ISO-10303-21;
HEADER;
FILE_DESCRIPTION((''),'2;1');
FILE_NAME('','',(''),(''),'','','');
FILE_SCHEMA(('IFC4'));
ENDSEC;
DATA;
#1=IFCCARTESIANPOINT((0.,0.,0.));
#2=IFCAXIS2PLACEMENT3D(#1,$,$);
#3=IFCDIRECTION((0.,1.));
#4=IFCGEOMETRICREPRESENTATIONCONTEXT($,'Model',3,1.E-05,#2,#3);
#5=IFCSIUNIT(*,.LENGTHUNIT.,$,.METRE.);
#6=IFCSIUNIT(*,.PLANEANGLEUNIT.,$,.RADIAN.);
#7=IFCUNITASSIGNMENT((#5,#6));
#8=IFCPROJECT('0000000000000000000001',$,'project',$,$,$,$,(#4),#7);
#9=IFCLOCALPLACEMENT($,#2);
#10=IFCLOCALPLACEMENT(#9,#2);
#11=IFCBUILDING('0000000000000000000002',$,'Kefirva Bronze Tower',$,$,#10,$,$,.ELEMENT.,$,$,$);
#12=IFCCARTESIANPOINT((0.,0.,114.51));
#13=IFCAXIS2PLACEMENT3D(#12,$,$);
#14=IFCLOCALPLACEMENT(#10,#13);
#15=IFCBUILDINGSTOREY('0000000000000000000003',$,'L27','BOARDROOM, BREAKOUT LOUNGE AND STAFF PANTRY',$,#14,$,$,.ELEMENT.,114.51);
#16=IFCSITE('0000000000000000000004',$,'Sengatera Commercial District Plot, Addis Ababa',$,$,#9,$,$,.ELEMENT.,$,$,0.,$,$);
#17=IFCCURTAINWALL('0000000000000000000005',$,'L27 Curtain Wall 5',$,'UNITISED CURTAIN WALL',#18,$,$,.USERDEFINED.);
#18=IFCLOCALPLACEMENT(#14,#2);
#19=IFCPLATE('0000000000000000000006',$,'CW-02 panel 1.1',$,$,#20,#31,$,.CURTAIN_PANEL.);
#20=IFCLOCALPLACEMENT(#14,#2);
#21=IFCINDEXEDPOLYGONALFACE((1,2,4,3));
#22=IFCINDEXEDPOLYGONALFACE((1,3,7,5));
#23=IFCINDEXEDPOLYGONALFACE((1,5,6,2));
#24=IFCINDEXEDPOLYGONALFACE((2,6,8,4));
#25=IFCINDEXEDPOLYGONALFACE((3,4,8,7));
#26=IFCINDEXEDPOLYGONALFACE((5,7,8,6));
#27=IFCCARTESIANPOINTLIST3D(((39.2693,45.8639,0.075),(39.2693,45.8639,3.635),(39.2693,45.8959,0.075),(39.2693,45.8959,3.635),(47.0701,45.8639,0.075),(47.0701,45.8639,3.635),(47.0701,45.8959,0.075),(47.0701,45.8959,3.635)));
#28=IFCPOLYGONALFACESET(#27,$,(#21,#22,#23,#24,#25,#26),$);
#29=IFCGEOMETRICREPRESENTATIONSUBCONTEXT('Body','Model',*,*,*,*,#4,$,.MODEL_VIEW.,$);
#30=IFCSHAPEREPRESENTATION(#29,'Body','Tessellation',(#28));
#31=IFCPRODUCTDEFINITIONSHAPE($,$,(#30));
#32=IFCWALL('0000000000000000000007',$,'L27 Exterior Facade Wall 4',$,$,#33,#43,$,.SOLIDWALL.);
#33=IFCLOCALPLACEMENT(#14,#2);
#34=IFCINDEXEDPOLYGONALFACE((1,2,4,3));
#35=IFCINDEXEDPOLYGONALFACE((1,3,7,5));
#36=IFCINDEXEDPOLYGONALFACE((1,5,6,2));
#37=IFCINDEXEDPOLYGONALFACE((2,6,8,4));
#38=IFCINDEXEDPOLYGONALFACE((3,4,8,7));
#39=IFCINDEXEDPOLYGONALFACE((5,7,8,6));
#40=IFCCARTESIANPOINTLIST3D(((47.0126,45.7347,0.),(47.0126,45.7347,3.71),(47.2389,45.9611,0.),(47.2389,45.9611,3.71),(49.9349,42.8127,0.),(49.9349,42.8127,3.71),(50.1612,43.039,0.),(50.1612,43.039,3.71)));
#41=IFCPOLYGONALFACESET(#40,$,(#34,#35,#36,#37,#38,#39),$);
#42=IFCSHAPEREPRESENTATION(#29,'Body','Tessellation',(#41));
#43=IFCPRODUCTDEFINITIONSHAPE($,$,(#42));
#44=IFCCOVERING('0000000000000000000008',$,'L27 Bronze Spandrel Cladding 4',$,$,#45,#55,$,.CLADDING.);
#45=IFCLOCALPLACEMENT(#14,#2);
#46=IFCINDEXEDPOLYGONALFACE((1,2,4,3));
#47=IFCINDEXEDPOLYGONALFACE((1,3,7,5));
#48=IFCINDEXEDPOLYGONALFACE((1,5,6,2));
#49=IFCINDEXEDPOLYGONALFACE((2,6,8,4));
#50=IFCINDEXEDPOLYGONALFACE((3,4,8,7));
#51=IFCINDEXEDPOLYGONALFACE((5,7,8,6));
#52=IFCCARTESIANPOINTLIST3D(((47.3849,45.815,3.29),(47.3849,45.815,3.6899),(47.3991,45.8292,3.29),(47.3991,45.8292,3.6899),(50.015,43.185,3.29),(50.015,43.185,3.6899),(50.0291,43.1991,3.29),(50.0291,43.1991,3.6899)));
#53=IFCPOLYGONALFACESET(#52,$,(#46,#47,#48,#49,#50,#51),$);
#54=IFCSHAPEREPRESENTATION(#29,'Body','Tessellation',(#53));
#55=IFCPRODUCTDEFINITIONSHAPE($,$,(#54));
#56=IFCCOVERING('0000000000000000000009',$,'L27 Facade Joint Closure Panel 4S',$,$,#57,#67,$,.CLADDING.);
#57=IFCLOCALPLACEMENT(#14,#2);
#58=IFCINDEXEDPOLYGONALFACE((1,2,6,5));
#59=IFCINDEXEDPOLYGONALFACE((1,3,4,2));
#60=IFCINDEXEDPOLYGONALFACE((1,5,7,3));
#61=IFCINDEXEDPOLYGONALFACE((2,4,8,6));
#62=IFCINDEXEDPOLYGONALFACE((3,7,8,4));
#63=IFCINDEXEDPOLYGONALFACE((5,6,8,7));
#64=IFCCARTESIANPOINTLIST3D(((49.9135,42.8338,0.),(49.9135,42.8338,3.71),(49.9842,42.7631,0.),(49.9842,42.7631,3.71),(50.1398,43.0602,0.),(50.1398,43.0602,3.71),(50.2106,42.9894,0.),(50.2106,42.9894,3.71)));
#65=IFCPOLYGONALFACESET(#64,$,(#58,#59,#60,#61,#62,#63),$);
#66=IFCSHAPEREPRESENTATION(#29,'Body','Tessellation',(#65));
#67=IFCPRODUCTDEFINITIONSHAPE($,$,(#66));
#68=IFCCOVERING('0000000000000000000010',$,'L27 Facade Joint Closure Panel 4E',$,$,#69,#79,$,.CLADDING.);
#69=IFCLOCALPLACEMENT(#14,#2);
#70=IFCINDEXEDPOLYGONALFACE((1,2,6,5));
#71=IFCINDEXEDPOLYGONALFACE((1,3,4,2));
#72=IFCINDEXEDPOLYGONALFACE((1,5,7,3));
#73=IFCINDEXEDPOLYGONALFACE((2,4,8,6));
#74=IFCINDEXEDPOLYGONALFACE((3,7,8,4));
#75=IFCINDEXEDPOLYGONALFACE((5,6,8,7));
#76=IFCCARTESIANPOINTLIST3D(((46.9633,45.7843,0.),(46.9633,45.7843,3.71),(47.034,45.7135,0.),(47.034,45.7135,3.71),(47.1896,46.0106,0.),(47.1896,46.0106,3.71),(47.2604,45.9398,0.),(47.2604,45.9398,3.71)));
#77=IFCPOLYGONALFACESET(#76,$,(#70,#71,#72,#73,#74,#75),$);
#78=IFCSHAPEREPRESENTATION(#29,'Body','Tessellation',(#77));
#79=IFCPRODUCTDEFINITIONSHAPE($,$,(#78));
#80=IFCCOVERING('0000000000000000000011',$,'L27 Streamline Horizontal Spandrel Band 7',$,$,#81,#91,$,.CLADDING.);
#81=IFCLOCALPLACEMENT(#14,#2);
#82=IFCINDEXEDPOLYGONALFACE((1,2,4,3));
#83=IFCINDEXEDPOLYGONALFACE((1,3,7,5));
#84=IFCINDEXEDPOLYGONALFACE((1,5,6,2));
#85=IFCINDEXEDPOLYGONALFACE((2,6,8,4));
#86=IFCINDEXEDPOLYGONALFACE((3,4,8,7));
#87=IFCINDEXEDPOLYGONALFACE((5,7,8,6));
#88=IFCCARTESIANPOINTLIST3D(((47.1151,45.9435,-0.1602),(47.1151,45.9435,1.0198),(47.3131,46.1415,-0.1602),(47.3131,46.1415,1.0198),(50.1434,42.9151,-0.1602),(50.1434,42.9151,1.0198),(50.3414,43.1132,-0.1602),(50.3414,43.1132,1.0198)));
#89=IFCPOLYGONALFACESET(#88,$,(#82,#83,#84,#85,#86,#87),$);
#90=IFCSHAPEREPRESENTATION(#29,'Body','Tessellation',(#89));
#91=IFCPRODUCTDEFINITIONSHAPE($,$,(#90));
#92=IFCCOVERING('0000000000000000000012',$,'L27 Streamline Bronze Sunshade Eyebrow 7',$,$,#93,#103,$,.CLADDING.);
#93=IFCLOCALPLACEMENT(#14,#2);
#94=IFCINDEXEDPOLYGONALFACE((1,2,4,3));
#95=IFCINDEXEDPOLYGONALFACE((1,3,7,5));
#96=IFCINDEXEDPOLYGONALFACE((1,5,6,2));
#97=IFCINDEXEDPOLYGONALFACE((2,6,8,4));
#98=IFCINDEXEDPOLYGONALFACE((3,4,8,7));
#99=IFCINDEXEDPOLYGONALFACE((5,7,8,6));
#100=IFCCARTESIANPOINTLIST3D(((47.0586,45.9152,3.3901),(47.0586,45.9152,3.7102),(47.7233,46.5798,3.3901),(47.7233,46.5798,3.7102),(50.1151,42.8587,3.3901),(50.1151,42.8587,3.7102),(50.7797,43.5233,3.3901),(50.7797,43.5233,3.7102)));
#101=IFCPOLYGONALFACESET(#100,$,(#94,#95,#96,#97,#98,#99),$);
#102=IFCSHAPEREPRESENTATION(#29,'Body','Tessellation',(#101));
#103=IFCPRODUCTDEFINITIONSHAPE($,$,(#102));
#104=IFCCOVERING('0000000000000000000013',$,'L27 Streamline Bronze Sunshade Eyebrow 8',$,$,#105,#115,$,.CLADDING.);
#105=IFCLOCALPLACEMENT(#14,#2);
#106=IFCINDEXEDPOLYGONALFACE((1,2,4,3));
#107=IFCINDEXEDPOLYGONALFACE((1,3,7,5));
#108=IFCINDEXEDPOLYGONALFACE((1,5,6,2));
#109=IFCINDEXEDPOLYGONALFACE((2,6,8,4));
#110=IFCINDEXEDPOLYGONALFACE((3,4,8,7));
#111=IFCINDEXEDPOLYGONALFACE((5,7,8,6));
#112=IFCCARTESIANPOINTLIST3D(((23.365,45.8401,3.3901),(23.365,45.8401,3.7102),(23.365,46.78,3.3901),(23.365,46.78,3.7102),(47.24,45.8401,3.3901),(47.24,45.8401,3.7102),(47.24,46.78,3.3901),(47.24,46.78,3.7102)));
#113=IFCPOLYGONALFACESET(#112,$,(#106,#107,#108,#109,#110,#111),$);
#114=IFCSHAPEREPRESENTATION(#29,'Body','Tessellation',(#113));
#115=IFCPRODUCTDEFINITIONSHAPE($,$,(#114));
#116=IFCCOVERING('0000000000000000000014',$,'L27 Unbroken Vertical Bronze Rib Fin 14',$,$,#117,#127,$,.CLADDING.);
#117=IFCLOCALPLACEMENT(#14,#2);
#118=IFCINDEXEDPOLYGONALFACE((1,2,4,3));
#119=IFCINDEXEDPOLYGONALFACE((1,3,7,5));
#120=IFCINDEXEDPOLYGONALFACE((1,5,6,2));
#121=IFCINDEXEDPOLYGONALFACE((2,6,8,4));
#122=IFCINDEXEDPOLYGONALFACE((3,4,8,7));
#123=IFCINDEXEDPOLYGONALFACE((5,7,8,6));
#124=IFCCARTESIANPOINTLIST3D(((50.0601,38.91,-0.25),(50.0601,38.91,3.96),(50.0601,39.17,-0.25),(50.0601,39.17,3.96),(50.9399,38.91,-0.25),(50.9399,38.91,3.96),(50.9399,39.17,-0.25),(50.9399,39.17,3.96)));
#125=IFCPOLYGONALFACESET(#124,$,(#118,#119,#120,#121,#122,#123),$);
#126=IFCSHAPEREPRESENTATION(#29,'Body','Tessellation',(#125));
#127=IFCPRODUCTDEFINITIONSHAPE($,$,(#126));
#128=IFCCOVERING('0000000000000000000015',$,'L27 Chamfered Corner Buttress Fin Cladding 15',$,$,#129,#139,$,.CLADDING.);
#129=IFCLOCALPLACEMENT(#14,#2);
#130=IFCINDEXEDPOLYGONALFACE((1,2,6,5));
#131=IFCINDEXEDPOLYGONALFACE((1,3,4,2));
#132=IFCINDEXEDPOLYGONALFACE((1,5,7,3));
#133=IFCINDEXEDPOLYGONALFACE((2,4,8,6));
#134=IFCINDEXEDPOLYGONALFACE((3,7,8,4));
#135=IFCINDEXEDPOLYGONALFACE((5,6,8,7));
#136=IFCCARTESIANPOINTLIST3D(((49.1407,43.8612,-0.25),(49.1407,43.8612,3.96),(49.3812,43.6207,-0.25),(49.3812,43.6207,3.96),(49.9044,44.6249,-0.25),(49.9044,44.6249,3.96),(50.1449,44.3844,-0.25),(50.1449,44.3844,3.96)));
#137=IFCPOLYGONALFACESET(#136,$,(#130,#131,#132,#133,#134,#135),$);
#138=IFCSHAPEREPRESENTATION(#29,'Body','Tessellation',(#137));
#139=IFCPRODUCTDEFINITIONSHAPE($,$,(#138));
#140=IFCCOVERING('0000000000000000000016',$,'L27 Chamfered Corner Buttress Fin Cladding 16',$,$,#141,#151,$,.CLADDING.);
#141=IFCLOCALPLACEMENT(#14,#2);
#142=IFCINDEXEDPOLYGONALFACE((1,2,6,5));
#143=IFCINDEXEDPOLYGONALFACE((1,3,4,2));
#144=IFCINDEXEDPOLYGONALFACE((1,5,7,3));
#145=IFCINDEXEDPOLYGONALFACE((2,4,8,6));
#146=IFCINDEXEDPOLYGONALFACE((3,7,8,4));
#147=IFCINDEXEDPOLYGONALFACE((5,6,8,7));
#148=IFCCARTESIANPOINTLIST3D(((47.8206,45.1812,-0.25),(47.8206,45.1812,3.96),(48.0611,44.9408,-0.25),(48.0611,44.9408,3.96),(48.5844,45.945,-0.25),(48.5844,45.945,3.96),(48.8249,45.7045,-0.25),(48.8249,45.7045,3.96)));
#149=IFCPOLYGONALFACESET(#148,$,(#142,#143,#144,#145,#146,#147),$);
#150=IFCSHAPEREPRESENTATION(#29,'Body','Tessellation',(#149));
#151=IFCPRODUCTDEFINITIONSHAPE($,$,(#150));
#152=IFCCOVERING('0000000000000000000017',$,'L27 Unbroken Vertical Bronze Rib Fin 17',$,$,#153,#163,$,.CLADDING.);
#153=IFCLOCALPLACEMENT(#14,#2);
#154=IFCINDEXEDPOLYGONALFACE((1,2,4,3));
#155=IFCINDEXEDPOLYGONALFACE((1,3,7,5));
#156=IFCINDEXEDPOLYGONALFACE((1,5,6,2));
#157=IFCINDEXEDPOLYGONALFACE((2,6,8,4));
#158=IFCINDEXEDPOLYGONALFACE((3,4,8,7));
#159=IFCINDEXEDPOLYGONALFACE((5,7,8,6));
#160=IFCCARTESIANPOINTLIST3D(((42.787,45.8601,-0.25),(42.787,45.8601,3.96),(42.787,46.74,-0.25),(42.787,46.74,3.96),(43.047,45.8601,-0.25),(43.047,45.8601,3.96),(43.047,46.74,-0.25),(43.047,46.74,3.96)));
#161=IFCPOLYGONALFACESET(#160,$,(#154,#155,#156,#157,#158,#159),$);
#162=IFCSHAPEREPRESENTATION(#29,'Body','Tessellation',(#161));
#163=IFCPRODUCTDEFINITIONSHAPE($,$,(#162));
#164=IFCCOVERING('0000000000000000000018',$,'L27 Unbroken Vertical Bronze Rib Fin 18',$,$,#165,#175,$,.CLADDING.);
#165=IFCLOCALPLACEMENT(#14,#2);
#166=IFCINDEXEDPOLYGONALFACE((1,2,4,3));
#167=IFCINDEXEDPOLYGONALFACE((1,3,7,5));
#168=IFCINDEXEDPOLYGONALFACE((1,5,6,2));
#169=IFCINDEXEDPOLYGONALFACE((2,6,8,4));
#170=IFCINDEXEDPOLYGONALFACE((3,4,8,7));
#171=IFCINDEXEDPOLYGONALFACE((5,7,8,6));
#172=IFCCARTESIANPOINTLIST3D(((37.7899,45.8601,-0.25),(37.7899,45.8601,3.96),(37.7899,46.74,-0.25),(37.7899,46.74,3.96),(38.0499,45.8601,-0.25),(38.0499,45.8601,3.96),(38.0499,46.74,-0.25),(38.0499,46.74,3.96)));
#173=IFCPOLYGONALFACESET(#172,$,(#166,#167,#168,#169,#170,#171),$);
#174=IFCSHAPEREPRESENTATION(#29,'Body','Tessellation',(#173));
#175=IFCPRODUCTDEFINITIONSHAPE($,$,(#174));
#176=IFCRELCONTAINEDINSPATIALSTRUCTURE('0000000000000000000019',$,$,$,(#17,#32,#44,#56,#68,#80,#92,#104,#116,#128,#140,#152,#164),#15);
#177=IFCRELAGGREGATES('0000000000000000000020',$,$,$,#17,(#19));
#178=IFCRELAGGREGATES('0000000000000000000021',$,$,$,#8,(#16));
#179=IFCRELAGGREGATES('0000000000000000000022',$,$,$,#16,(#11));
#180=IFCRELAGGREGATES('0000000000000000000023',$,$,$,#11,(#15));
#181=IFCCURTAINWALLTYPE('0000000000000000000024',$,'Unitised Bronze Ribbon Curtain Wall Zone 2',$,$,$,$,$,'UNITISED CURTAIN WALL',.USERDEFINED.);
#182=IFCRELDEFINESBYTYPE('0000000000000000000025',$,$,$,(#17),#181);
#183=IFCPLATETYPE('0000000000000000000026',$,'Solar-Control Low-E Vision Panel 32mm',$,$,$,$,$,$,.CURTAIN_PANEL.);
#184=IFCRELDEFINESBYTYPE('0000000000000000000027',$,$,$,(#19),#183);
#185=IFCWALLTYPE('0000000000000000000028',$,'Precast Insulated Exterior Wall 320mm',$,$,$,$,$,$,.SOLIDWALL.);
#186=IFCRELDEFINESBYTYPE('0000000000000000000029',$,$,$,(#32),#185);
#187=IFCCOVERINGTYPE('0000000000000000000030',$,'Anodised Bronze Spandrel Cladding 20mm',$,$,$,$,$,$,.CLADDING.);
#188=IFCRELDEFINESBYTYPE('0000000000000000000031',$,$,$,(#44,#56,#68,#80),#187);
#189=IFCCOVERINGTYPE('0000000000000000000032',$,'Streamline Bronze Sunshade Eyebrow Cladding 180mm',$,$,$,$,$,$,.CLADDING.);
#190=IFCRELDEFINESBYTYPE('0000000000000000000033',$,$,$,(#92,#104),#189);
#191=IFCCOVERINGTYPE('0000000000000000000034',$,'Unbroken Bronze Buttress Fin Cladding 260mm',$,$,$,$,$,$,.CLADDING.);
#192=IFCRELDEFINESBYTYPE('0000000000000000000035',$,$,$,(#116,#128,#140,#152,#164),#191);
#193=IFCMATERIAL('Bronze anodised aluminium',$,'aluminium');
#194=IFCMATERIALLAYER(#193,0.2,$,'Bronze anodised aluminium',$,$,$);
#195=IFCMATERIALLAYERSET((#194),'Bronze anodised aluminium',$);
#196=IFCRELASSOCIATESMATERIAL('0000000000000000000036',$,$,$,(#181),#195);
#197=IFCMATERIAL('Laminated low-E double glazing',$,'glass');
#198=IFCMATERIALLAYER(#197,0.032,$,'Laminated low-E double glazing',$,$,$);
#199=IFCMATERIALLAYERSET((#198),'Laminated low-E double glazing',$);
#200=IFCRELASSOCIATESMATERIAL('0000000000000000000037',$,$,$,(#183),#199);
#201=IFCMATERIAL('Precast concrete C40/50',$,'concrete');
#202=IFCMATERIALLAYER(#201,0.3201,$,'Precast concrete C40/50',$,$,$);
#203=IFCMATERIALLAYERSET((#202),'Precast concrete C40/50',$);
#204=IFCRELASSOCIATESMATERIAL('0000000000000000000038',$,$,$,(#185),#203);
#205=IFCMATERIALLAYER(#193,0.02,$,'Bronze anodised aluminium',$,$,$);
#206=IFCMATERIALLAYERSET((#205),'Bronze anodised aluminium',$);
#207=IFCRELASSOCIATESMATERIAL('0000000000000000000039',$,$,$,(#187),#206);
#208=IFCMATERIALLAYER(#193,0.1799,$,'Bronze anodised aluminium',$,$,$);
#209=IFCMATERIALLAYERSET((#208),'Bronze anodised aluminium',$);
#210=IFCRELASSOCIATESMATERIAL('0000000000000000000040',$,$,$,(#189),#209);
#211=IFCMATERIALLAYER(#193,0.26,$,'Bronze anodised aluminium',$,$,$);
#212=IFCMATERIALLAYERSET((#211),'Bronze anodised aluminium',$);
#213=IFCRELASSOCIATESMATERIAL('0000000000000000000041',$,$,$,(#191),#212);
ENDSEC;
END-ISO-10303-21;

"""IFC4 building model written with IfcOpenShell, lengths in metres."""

from ifc_helpers import new_model, si_unit, direction, frame, frame_2d, origin, origin_2d, place, context, subcontext, project, spatial, rectangle, extrude, material, layer, layer_set, type_object, element, aggregate, save


model = new_model("IFC4")

# Units and contexts
model_context = context("Model", 3, precision=1e-05, world=origin(), true_north=direction((0.0, 1.0)))
body_context = subcontext(model_context, "Body", "Model", "MODEL_VIEW")
ifc_project = project(units=[si_unit("LENGTHUNIT", "METRE"), si_unit("PLANEANGLEUNIT", "RADIAN")], contexts=[model_context])

# Site, building, storey
site_placement = place(None, origin())
site = spatial("IfcSite", under=ifc_project, at=site_placement, Name="Sengatera Commercial District Plot, Addis Ababa", CompositionType="ELEMENT", RefElevation=0.0)
building_placement = place(site_placement, origin())
building = spatial("IfcBuilding", under=site, at=building_placement, Name="Kefirva Bronze Tower", CompositionType="ELEMENT")
storey_placement = place(building_placement, frame((0.0, 0.0, 114.51)))
storey = spatial("IfcBuildingStorey", under=building, at=storey_placement, Name="L27", Description="BOARDROOM, BREAKOUT LOUNGE AND STAFF PANTRY", CompositionType="ELEMENT", Elevation=114.51)

# Shared definitions
ifc_material_1 = material(Name="Bronze anodised aluminium", Category="aluminium")
ifc_layer_1 = layer(ifc_material_1, 0.2, Name="Bronze anodised aluminium")
ifc_layer_set_1 = layer_set([ifc_layer_1], Name="Bronze anodised aluminium")
curtain_wall_type = type_object("IfcCurtainWallType", Name="Unitised Bronze Ribbon Curtain Wall Zone 2", ElementType="UNITISED CURTAIN WALL", PredefinedType="USERDEFINED", material=ifc_layer_set_1)

# Curtain wall
curtain_wall_1_placement = place(storey_placement, origin())
curtain_wall_1 = element("IfcCurtainWall", 1, at=curtain_wall_1_placement, inside=storey, type_object=curtain_wall_type, Name="L27 Curtain Wall 5", ObjectType="UNITISED CURTAIN WALL", PredefinedType="USERDEFINED")

# Plate
ifc_material_2 = material(Name="Laminated low-E double glazing", Category="glass")
ifc_layer_2 = layer(ifc_material_2, 0.032, Name="Laminated low-E double glazing")
ifc_layer_set_2 = layer_set([ifc_layer_2], Name="Laminated low-E double glazing")
plate_type = type_object("IfcPlateType", Name="Solar-Control Low-E Vision Panel 32mm", PredefinedType="CURTAIN_PANEL", material=ifc_layer_set_2)
plate_placement = place(storey_placement, frame((43.1697, 45.8799, 0.075), z_axis=(0.0, 0.0, 1.0), x_axis=(-1.0, 0.0, 0.0)))
plate = element("IfcPlate", 2, at=plate_placement, type_object=plate_type, Name="CW-02 panel 1.1", PredefinedType="CURTAIN_PANEL", context=body_context, shape_type="SweptSolid", body=[
    extrude(rectangle(XDim=7.8008, YDim=0.032, at=origin_2d()), origin(), (0.0, 0.0, 1.0), 3.5601),
])
aggregate(curtain_wall_1, [plate])

# Wall
ifc_material_3 = material(Name="Precast concrete C40/50", Category="concrete")
ifc_layer_3 = layer(ifc_material_3, 0.3201, Name="Precast concrete C40/50")
ifc_layer_set_3 = layer_set([ifc_layer_3], Name="Precast concrete C40/50")
wall_type = type_object("IfcWallType", Name="Precast Insulated Exterior Wall 320mm", PredefinedType="SOLIDWALL", material=ifc_layer_set_3)
wall_placement = place(storey_placement, frame((50.0481, 42.9258, 0.0), z_axis=(0.0, 0.0, 1.0), x_axis=(-0.707136, 0.707077, 0.0)))
element("IfcWall", 3, at=wall_placement, inside=storey, type_object=wall_type, Name="L27 Exterior Facade Wall 4", PredefinedType="SOLIDWALL", context=body_context, shape_type="SweptSolid", body=[
    extrude(rectangle(XDim=4.1326, YDim=0.3201, at=frame_2d((2.0664, 0.0))), origin(), (0.0, 0.0, 1.0), 3.71),
])

# Coverings
ifc_layer_4 = layer(ifc_material_1, 0.02, Name="Bronze anodised aluminium")
ifc_layer_set_4 = layer_set([ifc_layer_4], Name="Bronze anodised aluminium")
covering_type_1 = type_object("IfcCoveringType", Name="Anodised Bronze Spandrel Cladding 20mm", PredefinedType="CLADDING", material=ifc_layer_set_4)
covering_1_placement = place(storey_placement, frame((48.707, 44.5071, 3.29), z_axis=(0.0, 0.0, 1.0), x_axis=(-0.707107, 0.707107, 0.0)))
element("IfcCovering", 4, at=covering_1_placement, inside=storey, type_object=covering_type_1, Name="L27 Bronze Spandrel Cladding 4", PredefinedType="CLADDING", context=body_context, shape_type="SweptSolid", body=[
    extrude(rectangle(XDim=3.7195, YDim=0.02, at=origin_2d()), origin(), (0.0, 0.0, 1.0), 0.3999),
])
for number, where, z_axis, x_axis, name in (
    (5, (50.062, 42.9116, 0.0), (0.0, 0.0, 1.0), (-0.707107, 0.707107, 0.0), "L27 Facade Joint Closure Panel 4S"),
    (6, (47.1118, 45.8621, 0.0), (0.0, 0.0, 1.0), (-0.707107, 0.707107, 0.0), "L27 Facade Joint Closure Panel 4E"),
):
    element("IfcCovering", number, at=place(storey_placement, frame(where, z_axis=z_axis, x_axis=x_axis)), inside=storey, type_object=covering_type_1, Name=name, PredefinedType="CLADDING", context=body_context, shape_type="SweptSolid", body=[
        extrude(rectangle(XDim=0.1001, YDim=0.3201, at=origin_2d()), origin(), (0.0, 0.0, 1.0), 3.71),
    ])
covering_2_placement = place(storey_placement, frame((48.7283, 44.5283, -0.1602), z_axis=(0.0, 0.0, 1.0), x_axis=(-0.707107, 0.707107, 0.0)))
element("IfcCovering", 7, at=covering_2_placement, inside=storey, type_object=covering_type_1, Name="L27 Streamline Horizontal Spandrel Band 7", PredefinedType="CLADDING", context=body_context, shape_type="SweptSolid", body=[
    extrude(rectangle(XDim=4.2827, YDim=0.28, at=origin_2d()), origin(), (0.0, 0.0, 1.0), 1.1799),
])
ifc_layer_5 = layer(ifc_material_1, 0.1799, Name="Bronze anodised aluminium")
ifc_layer_set_5 = layer_set([ifc_layer_5], Name="Bronze anodised aluminium")
covering_type_2 = type_object("IfcCoveringType", Name="Streamline Bronze Sunshade Eyebrow Cladding 180mm", PredefinedType="CLADDING", material=ifc_layer_set_5)
covering_3_placement = place(storey_placement, frame((48.9192, 44.7192, 3.3901), z_axis=(0.0, 0.0, 1.0), x_axis=(-0.707107, 0.707107, 0.0)))
element("IfcCovering", 8, at=covering_3_placement, inside=storey, type_object=covering_type_2, Name="L27 Streamline Bronze Sunshade Eyebrow 7", PredefinedType="CLADDING", context=body_context, shape_type="SweptSolid", body=[
    extrude(rectangle(XDim=4.3225, YDim=0.9399, at=origin_2d()), origin(), (0.0, 0.0, 1.0), 0.3201),
])
covering_4_placement = place(storey_placement, frame((35.3025, 46.3101, 3.3901), z_axis=(0.0, 0.0, 1.0), x_axis=(-1.0, 0.0, 0.0)))
element("IfcCovering", 9, at=covering_4_placement, inside=storey, type_object=covering_type_2, Name="L27 Streamline Bronze Sunshade Eyebrow 8", PredefinedType="CLADDING", context=body_context, shape_type="SweptSolid", body=[
    extrude(rectangle(XDim=23.875, YDim=0.9399, at=origin_2d()), origin(), (0.0, 0.0, 1.0), 0.3201),
])
ifc_layer_6 = layer(ifc_material_1, 0.26, Name="Bronze anodised aluminium")
ifc_layer_set_6 = layer_set([ifc_layer_6], Name="Bronze anodised aluminium")
covering_type_3 = type_object("IfcCoveringType", Name="Unbroken Bronze Buttress Fin Cladding 260mm", PredefinedType="CLADDING", material=ifc_layer_set_6)
covering_5_placement = place(storey_placement, frame((50.5, 39.04, -0.25), z_axis=(0.0, 0.0, 1.0), x_axis=(0.0, 1.0, 0.0)))
element("IfcCovering", 10, at=covering_5_placement, inside=storey, type_object=covering_type_3, Name="L27 Unbroken Vertical Bronze Rib Fin 14", PredefinedType="CLADDING", context=body_context, shape_type="SweptSolid", body=[
    extrude(rectangle(XDim=0.26, YDim=0.8799, at=origin_2d()), origin(), (0.0, 0.0, 1.0), 4.21),
])
for number, where, z_axis, x_axis, name in (
    (11, (49.6428, 44.1228, -0.25), (0.0, 0.0, 1.0), (-0.707107, 0.707107, 0.0), "L27 Chamfered Corner Buttress Fin Cladding 15"),
    (12, (48.3228, 45.4429, -0.25), (0.0, 0.0, 1.0), (-0.707107, 0.707107, 0.0), "L27 Chamfered Corner Buttress Fin Cladding 16"),
):
    element("IfcCovering", number, at=place(storey_placement, frame(where, z_axis=z_axis, x_axis=x_axis)), inside=storey, type_object=covering_type_3, Name=name, PredefinedType="CLADDING", context=body_context, shape_type="SweptSolid", body=[
        extrude(rectangle(XDim=0.3401, YDim=1.0801, at=origin_2d()), origin(), (0.0, 0.0, 1.0), 4.21),
    ])
for number, where, z_axis, x_axis, name in (
    (13, (42.917, 46.3, -0.25), (0.0, 0.0, 1.0), (-1.0, 0.0, 0.0), "L27 Unbroken Vertical Bronze Rib Fin 17"),
    (14, (37.9199, 46.3, -0.25), (0.0, 0.0, 1.0), (-1.0, 0.0, 0.0), "L27 Unbroken Vertical Bronze Rib Fin 18"),
):
    element("IfcCovering", number, at=place(storey_placement, frame(where, z_axis=z_axis, x_axis=x_axis)), inside=storey, type_object=covering_type_3, Name=name, PredefinedType="CLADDING", context=body_context, shape_type="SweptSolid", body=[
        extrude(rectangle(XDim=0.26, YDim=0.8799, at=origin_2d()), origin(), (0.0, 0.0, 1.0), 4.21),
    ])

save(model, "model.ifc")
